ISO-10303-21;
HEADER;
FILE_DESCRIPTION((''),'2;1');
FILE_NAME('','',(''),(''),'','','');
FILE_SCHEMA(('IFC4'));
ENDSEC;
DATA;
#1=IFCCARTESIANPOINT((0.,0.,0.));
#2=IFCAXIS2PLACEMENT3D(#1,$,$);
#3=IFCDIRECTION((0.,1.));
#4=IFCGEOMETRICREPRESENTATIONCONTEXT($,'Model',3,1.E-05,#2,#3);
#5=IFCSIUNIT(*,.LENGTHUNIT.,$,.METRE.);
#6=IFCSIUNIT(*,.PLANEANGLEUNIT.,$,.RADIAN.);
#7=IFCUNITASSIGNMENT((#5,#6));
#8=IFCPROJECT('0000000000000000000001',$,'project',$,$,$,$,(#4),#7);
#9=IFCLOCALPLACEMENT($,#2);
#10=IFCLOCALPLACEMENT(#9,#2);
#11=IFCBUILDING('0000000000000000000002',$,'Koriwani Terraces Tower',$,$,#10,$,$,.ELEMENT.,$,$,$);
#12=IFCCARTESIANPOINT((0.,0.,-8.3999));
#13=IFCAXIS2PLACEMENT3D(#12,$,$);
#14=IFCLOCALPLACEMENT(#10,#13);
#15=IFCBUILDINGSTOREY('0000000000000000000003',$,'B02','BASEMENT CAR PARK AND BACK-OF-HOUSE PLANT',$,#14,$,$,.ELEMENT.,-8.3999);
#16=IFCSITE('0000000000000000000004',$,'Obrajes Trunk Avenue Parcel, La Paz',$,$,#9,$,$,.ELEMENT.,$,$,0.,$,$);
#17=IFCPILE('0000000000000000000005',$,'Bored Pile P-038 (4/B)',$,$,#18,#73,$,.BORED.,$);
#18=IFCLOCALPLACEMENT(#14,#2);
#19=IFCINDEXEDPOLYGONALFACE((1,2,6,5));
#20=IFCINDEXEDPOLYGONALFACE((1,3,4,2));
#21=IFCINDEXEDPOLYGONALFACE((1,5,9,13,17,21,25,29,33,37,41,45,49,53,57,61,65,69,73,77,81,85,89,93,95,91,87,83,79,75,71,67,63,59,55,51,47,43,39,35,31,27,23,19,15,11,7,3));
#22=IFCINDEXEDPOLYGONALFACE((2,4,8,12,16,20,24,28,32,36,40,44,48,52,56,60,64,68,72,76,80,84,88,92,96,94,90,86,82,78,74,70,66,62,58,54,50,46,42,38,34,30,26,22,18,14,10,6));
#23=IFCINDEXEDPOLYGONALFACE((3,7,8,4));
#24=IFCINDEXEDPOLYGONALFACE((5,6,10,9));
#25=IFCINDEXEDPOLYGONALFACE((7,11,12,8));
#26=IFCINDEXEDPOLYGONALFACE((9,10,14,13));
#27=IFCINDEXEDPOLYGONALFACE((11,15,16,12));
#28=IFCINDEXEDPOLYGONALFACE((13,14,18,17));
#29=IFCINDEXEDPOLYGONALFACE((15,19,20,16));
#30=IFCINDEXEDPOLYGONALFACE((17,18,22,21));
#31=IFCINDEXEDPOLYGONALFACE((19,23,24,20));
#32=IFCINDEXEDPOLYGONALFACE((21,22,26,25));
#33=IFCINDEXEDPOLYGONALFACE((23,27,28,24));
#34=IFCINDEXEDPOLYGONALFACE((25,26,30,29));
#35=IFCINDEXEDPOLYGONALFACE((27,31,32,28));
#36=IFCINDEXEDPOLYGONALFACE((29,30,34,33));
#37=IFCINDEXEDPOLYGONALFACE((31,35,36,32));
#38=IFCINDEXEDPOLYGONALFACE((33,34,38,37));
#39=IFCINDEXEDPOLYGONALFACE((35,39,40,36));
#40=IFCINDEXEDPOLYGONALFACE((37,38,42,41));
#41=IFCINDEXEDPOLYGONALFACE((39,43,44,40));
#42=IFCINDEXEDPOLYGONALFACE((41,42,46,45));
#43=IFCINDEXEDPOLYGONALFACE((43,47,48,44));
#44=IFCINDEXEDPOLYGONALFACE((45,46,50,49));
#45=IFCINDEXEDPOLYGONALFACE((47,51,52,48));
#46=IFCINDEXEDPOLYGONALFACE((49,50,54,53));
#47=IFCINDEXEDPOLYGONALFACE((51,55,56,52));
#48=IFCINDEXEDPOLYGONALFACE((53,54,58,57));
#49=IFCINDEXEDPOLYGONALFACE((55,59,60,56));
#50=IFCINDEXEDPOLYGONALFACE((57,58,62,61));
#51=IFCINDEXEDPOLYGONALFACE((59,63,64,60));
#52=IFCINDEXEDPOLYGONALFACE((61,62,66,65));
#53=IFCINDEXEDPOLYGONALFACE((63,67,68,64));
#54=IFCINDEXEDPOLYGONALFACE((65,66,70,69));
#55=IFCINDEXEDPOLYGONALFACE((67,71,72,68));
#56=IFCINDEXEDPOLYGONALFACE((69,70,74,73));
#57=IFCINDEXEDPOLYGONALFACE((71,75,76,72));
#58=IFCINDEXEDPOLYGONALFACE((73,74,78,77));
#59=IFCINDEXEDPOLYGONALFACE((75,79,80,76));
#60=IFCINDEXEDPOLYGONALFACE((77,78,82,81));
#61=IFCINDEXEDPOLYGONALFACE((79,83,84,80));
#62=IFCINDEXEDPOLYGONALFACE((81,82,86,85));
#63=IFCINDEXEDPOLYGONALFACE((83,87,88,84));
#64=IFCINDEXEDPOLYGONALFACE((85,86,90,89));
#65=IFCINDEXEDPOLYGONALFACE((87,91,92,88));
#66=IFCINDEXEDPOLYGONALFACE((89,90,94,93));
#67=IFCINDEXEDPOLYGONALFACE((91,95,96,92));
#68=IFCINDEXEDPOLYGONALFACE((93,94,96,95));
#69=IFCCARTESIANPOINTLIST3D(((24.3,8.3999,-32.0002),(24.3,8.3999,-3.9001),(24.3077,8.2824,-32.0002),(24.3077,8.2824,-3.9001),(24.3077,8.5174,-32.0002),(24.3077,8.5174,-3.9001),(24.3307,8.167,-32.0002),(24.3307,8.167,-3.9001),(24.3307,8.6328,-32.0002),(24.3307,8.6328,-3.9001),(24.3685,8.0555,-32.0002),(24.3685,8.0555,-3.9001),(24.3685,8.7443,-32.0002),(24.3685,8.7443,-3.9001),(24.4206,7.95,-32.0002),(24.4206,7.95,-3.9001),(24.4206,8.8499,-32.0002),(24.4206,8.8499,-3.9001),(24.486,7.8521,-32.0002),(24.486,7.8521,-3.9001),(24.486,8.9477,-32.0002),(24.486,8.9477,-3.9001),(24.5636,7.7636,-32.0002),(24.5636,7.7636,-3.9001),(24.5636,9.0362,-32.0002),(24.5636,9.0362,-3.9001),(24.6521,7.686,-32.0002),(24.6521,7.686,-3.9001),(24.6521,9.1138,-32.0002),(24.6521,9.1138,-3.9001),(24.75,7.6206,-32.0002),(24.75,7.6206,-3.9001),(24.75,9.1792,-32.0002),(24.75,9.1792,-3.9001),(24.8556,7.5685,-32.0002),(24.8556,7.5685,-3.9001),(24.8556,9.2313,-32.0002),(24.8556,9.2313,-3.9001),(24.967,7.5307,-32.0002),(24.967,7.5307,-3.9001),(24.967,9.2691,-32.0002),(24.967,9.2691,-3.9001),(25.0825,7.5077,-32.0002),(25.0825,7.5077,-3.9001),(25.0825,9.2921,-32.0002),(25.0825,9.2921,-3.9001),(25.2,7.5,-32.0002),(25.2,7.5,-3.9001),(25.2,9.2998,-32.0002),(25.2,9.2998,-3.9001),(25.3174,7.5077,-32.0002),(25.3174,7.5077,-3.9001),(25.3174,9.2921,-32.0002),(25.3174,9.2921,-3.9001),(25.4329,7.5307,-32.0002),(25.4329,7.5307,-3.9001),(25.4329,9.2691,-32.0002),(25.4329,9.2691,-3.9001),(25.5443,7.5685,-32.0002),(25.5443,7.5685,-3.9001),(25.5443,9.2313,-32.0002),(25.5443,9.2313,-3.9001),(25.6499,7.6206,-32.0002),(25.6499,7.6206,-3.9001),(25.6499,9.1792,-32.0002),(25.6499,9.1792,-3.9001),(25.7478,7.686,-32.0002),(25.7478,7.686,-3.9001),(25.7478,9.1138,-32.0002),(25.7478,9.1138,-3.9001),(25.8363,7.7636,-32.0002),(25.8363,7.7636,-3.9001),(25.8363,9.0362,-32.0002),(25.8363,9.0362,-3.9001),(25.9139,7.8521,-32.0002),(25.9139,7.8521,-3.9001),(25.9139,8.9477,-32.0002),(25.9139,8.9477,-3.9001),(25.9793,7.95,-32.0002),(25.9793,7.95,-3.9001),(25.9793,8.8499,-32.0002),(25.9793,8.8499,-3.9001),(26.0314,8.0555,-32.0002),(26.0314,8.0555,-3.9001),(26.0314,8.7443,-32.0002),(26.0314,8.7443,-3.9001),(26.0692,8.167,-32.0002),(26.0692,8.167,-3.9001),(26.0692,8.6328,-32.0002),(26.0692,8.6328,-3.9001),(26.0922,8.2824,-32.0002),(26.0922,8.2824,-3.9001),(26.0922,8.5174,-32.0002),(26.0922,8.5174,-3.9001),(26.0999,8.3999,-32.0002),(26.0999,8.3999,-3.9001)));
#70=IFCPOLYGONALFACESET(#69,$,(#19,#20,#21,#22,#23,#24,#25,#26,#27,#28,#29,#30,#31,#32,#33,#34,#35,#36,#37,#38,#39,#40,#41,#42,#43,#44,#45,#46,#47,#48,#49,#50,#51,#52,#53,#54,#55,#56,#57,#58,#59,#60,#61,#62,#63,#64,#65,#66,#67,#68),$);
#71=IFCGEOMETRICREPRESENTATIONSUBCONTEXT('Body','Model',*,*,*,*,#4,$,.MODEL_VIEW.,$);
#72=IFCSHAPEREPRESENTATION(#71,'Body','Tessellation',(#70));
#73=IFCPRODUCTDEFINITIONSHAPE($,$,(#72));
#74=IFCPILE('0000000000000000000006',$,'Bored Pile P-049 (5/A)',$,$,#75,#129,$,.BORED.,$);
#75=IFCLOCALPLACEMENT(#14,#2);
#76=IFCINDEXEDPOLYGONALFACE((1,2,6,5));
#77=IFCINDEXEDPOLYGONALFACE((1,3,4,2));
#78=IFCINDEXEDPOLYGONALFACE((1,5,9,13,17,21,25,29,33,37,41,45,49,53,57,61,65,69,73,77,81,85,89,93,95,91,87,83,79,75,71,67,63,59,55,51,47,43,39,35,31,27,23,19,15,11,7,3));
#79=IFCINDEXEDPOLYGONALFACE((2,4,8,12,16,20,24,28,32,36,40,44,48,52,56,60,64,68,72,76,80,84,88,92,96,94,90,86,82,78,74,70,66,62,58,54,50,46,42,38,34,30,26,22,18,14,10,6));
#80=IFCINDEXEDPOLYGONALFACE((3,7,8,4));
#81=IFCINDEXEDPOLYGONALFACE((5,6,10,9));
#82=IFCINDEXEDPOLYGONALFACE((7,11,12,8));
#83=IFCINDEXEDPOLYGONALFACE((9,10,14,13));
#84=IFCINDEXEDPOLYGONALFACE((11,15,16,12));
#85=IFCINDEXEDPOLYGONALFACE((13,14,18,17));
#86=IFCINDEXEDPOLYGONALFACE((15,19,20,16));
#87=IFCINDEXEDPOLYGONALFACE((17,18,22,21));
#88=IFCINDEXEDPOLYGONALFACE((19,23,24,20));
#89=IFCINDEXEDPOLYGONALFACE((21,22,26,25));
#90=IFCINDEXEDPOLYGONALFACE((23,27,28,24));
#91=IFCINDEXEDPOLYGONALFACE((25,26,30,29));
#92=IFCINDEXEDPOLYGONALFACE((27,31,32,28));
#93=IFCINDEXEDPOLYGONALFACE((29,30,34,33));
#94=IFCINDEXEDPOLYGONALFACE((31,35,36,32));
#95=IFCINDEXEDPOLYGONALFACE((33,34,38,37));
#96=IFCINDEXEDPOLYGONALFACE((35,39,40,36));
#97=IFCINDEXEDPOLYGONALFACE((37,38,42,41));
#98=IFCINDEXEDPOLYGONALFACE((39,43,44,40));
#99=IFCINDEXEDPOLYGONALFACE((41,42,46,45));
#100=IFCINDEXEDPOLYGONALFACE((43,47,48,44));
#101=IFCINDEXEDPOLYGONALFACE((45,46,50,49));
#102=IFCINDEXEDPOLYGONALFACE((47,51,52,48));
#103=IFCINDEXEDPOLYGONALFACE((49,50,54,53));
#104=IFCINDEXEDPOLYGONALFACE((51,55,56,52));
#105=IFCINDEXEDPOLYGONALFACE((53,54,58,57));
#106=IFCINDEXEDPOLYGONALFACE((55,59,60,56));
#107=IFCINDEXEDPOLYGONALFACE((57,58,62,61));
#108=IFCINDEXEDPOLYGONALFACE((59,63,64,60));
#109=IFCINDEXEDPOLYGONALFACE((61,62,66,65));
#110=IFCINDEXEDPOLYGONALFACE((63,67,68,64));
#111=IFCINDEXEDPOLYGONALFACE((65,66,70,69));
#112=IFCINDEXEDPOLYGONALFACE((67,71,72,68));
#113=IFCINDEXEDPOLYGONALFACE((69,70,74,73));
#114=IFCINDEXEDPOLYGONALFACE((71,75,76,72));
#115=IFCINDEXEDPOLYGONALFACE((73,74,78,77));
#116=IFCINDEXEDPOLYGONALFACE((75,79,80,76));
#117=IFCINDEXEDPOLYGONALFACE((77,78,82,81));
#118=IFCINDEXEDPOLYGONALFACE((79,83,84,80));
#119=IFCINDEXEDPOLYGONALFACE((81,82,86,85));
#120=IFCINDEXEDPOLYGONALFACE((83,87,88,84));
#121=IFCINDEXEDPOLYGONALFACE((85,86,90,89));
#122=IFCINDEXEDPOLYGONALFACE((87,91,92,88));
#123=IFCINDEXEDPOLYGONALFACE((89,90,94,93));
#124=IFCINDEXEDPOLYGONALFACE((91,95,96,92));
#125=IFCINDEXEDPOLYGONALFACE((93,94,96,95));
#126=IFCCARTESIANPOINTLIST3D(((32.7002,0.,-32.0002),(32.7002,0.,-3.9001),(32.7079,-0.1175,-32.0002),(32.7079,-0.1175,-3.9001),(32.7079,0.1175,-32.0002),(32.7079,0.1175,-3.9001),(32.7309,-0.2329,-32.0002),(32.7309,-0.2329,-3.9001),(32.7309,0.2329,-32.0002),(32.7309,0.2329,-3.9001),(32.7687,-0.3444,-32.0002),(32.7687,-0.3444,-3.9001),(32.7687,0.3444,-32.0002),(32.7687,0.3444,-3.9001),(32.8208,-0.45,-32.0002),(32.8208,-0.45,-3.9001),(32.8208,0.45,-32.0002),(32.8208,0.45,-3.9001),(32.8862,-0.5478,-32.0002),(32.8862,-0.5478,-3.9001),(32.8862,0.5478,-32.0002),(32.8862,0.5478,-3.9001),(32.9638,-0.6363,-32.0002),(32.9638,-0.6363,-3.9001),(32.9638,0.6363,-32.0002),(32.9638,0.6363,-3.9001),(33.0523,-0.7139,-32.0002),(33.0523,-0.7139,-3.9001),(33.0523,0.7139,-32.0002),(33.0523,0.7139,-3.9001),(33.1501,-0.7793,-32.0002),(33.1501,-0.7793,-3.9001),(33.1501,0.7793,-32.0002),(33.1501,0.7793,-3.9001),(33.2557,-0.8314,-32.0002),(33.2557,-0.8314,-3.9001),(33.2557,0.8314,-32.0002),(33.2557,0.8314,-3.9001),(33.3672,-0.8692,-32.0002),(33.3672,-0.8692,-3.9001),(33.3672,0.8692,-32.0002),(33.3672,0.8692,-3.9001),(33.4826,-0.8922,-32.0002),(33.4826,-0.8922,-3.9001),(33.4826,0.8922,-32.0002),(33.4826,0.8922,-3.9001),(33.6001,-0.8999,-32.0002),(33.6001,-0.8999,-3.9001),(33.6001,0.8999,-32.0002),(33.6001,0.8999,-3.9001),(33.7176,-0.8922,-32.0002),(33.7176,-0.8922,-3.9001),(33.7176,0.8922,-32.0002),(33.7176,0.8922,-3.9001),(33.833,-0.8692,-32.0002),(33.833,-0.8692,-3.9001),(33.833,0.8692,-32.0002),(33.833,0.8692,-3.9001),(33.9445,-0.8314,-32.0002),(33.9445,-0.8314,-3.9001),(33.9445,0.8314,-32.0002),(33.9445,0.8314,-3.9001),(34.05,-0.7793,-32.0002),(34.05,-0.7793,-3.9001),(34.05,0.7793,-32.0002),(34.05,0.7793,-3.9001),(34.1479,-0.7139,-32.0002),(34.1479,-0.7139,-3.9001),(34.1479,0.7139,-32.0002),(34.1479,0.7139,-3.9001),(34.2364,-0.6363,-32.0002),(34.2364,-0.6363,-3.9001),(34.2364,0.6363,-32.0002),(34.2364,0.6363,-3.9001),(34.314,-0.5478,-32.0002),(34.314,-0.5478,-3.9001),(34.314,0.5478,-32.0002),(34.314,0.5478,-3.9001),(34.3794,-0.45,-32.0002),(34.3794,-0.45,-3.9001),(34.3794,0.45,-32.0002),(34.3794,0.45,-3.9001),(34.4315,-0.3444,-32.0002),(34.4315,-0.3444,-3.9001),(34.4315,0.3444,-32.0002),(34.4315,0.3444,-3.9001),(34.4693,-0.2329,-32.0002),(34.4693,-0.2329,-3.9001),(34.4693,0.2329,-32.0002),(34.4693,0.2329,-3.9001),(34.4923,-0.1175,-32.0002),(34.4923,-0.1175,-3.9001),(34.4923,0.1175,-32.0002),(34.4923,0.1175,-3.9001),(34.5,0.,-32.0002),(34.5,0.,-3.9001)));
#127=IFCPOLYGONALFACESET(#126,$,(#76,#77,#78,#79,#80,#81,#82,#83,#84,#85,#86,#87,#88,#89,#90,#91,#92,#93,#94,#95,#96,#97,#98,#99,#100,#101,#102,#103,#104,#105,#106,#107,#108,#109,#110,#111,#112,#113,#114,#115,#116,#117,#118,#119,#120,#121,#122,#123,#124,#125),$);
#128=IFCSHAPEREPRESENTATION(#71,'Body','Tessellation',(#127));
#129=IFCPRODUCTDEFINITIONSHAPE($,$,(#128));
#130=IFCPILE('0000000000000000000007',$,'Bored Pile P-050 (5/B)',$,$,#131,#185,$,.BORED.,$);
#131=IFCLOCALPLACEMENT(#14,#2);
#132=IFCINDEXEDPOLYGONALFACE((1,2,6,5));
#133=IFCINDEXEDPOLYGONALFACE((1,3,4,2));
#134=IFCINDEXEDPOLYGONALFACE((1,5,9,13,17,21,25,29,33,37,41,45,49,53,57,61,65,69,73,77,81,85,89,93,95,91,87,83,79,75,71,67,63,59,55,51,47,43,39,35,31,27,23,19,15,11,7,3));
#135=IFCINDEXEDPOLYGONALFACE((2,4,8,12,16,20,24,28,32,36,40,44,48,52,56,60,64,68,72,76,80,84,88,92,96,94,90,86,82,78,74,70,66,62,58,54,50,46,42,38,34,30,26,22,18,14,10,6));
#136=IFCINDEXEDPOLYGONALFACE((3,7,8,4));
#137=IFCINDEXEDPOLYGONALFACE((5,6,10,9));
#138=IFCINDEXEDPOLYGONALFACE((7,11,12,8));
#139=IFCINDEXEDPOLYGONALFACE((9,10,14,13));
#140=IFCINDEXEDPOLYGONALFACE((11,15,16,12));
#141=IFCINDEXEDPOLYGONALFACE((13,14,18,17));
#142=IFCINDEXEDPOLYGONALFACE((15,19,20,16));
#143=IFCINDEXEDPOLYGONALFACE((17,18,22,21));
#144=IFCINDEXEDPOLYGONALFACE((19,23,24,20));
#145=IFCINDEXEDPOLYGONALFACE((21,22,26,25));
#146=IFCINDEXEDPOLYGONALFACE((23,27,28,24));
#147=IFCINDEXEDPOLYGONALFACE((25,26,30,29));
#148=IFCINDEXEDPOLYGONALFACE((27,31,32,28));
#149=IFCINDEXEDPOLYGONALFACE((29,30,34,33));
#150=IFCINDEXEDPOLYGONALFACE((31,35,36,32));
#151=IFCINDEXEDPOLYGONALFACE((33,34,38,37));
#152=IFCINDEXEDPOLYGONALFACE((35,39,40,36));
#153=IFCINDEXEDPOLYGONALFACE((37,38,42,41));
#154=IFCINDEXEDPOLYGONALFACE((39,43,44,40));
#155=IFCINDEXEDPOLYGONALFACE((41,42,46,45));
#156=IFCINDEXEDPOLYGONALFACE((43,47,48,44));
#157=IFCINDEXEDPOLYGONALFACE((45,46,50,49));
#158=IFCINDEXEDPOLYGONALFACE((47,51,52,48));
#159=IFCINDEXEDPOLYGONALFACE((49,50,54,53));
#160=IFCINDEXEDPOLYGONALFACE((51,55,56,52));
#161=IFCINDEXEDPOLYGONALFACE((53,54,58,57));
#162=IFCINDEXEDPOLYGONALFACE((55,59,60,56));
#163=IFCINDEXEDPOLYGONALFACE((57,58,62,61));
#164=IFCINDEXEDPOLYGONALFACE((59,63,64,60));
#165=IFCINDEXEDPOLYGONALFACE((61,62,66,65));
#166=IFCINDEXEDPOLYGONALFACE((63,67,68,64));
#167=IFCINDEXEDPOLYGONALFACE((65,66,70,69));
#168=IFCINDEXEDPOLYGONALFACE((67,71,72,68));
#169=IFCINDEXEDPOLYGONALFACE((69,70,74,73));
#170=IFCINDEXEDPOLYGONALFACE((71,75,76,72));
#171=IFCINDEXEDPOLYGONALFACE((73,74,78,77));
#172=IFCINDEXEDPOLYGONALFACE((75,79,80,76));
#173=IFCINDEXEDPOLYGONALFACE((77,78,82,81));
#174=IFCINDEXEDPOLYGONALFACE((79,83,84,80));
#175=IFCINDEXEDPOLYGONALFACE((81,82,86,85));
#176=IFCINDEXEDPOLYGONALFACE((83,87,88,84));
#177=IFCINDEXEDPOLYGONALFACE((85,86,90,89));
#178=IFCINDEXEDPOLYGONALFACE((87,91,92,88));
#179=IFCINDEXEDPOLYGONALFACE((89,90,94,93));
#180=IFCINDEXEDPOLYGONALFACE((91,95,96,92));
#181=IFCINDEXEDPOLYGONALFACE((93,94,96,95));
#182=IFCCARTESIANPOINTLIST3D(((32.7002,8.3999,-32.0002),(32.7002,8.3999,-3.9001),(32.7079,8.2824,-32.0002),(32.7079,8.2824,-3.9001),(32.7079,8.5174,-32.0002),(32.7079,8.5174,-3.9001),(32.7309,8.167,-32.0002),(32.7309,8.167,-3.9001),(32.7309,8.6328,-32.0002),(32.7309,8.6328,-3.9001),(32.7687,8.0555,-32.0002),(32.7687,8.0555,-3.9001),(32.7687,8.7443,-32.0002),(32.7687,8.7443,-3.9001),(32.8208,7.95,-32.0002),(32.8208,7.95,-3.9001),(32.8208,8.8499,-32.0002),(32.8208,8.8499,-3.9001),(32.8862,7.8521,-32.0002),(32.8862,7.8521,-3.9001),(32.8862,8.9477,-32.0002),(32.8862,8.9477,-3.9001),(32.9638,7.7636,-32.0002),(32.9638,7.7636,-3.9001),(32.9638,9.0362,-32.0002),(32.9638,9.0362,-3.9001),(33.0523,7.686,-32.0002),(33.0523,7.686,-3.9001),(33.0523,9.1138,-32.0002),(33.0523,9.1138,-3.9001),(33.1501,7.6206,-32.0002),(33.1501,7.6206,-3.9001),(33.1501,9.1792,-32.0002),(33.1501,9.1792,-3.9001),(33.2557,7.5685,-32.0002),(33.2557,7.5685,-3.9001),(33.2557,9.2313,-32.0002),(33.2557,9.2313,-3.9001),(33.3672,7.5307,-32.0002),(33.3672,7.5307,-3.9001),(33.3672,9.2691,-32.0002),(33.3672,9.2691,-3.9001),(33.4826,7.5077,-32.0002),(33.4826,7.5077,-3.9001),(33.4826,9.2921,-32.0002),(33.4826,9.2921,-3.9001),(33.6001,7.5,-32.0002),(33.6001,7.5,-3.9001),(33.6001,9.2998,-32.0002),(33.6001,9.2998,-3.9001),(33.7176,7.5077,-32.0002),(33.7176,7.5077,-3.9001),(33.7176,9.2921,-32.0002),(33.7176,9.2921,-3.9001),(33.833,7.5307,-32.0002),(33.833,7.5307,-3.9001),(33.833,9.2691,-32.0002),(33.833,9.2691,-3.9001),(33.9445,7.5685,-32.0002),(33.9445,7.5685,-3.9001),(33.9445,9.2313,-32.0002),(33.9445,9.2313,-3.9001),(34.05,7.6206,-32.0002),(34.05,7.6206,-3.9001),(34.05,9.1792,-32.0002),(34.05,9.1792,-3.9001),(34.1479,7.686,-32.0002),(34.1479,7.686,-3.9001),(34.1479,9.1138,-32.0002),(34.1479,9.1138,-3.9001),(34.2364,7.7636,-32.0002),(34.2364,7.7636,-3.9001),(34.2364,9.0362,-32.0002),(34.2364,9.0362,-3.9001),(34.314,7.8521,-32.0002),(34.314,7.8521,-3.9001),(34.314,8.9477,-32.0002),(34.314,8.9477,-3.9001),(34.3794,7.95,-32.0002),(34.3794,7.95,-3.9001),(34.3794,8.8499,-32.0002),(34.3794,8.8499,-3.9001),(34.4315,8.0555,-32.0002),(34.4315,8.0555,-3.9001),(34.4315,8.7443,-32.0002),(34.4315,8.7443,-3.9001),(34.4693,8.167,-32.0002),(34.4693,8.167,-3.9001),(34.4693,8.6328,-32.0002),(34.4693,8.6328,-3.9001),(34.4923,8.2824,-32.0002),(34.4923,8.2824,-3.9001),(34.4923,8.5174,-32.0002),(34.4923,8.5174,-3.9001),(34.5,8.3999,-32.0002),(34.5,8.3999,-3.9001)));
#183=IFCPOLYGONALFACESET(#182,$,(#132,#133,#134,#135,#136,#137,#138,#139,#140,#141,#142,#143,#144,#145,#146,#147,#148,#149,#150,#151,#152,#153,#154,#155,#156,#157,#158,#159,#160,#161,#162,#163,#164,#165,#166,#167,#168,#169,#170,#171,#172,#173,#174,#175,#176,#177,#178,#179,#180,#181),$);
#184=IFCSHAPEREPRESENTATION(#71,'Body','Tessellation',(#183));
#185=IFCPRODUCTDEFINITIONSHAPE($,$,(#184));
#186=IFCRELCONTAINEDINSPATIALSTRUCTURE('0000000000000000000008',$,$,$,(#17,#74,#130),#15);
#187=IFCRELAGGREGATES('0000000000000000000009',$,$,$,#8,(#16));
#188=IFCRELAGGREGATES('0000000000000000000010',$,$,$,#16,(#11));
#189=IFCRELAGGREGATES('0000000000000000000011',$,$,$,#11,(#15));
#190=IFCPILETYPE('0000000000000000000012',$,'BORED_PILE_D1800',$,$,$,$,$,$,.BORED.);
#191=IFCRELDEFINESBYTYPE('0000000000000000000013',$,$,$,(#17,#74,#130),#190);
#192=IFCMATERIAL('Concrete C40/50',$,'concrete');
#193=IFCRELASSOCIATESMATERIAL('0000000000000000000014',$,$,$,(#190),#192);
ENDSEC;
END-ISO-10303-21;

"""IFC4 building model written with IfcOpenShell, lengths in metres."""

from ifc_helpers import new_model, si_unit, direction, frame, origin, origin_2d, place, context, subcontext, project, spatial, circle, extrude, material, material_profile, profile_set, type_object, element, save


model = new_model("IFC4")

# Units and contexts
model_context = context("Model", 3, precision=1e-05, world=origin(), true_north=direction((0.0, 1.0)))
body_context = subcontext(model_context, "Body", "Model", "MODEL_VIEW")
ifc_project = project(units=[si_unit("LENGTHUNIT", "METRE"), si_unit("PLANEANGLEUNIT", "RADIAN")], contexts=[model_context])

# Site, building, storey
site_placement = place(None, origin())
site = spatial("IfcSite", under=ifc_project, at=site_placement, Name="Obrajes Trunk Avenue Parcel, La Paz", CompositionType="ELEMENT", RefElevation=0.0)
building_placement = place(site_placement, origin())
building = spatial("IfcBuilding", under=site, at=building_placement, Name="Koriwani Terraces Tower", CompositionType="ELEMENT")
storey_placement = place(building_placement, frame((0.0, 0.0, -8.3999)))
storey = spatial("IfcBuildingStorey", under=building, at=storey_placement, Name="B02", Description="BASEMENT CAR PARK AND BACK-OF-HOUSE PLANT", CompositionType="ELEMENT", Elevation=-8.3999)

# Piles
ifc_material_1 = material(Name="Concrete C40/50", Category="concrete")
ifc_material_profile_1 = material_profile(ifc_material_1, circle(Radius=0.8999, at=origin_2d()), Name="Concrete C40/50")
ifc_profile_set_1 = profile_set([ifc_material_profile_1], Name="Concrete C40/50")
pile_type = type_object("IfcPileType", Name="BORED_PILE_D1800", PredefinedType="BORED", material=ifc_profile_set_1)
for number, where, z_axis, x_axis, name in (
    (1, (25.2, 8.3999, -3.9001), (0.0, 0.0, -1.0), (1.0, 0.0, 0.0), "Bored Pile P-038 (4/B)"),
    (2, (33.6001, 0.0, -3.9001), (0.0, 0.0, -1.0), (1.0, 0.0, 0.0), "Bored Pile P-049 (5/A)"),
    (3, (33.6001, 8.3999, -3.9001), (0.0, 0.0, -1.0), (1.0, 0.0, 0.0), "Bored Pile P-050 (5/B)"),
):
    element("IfcPile", number, at=place(storey_placement, frame(where, z_axis=z_axis, x_axis=x_axis)), inside=storey, type_object=pile_type, Name=name, PredefinedType="BORED", context=body_context, shape_type="SweptSolid", body=[
        extrude(circle(Radius=0.8999, at=origin_2d()), origin(), (0.0, 0.0, 1.0), 28.1001),
    ])

save(model, "model.ifc")
